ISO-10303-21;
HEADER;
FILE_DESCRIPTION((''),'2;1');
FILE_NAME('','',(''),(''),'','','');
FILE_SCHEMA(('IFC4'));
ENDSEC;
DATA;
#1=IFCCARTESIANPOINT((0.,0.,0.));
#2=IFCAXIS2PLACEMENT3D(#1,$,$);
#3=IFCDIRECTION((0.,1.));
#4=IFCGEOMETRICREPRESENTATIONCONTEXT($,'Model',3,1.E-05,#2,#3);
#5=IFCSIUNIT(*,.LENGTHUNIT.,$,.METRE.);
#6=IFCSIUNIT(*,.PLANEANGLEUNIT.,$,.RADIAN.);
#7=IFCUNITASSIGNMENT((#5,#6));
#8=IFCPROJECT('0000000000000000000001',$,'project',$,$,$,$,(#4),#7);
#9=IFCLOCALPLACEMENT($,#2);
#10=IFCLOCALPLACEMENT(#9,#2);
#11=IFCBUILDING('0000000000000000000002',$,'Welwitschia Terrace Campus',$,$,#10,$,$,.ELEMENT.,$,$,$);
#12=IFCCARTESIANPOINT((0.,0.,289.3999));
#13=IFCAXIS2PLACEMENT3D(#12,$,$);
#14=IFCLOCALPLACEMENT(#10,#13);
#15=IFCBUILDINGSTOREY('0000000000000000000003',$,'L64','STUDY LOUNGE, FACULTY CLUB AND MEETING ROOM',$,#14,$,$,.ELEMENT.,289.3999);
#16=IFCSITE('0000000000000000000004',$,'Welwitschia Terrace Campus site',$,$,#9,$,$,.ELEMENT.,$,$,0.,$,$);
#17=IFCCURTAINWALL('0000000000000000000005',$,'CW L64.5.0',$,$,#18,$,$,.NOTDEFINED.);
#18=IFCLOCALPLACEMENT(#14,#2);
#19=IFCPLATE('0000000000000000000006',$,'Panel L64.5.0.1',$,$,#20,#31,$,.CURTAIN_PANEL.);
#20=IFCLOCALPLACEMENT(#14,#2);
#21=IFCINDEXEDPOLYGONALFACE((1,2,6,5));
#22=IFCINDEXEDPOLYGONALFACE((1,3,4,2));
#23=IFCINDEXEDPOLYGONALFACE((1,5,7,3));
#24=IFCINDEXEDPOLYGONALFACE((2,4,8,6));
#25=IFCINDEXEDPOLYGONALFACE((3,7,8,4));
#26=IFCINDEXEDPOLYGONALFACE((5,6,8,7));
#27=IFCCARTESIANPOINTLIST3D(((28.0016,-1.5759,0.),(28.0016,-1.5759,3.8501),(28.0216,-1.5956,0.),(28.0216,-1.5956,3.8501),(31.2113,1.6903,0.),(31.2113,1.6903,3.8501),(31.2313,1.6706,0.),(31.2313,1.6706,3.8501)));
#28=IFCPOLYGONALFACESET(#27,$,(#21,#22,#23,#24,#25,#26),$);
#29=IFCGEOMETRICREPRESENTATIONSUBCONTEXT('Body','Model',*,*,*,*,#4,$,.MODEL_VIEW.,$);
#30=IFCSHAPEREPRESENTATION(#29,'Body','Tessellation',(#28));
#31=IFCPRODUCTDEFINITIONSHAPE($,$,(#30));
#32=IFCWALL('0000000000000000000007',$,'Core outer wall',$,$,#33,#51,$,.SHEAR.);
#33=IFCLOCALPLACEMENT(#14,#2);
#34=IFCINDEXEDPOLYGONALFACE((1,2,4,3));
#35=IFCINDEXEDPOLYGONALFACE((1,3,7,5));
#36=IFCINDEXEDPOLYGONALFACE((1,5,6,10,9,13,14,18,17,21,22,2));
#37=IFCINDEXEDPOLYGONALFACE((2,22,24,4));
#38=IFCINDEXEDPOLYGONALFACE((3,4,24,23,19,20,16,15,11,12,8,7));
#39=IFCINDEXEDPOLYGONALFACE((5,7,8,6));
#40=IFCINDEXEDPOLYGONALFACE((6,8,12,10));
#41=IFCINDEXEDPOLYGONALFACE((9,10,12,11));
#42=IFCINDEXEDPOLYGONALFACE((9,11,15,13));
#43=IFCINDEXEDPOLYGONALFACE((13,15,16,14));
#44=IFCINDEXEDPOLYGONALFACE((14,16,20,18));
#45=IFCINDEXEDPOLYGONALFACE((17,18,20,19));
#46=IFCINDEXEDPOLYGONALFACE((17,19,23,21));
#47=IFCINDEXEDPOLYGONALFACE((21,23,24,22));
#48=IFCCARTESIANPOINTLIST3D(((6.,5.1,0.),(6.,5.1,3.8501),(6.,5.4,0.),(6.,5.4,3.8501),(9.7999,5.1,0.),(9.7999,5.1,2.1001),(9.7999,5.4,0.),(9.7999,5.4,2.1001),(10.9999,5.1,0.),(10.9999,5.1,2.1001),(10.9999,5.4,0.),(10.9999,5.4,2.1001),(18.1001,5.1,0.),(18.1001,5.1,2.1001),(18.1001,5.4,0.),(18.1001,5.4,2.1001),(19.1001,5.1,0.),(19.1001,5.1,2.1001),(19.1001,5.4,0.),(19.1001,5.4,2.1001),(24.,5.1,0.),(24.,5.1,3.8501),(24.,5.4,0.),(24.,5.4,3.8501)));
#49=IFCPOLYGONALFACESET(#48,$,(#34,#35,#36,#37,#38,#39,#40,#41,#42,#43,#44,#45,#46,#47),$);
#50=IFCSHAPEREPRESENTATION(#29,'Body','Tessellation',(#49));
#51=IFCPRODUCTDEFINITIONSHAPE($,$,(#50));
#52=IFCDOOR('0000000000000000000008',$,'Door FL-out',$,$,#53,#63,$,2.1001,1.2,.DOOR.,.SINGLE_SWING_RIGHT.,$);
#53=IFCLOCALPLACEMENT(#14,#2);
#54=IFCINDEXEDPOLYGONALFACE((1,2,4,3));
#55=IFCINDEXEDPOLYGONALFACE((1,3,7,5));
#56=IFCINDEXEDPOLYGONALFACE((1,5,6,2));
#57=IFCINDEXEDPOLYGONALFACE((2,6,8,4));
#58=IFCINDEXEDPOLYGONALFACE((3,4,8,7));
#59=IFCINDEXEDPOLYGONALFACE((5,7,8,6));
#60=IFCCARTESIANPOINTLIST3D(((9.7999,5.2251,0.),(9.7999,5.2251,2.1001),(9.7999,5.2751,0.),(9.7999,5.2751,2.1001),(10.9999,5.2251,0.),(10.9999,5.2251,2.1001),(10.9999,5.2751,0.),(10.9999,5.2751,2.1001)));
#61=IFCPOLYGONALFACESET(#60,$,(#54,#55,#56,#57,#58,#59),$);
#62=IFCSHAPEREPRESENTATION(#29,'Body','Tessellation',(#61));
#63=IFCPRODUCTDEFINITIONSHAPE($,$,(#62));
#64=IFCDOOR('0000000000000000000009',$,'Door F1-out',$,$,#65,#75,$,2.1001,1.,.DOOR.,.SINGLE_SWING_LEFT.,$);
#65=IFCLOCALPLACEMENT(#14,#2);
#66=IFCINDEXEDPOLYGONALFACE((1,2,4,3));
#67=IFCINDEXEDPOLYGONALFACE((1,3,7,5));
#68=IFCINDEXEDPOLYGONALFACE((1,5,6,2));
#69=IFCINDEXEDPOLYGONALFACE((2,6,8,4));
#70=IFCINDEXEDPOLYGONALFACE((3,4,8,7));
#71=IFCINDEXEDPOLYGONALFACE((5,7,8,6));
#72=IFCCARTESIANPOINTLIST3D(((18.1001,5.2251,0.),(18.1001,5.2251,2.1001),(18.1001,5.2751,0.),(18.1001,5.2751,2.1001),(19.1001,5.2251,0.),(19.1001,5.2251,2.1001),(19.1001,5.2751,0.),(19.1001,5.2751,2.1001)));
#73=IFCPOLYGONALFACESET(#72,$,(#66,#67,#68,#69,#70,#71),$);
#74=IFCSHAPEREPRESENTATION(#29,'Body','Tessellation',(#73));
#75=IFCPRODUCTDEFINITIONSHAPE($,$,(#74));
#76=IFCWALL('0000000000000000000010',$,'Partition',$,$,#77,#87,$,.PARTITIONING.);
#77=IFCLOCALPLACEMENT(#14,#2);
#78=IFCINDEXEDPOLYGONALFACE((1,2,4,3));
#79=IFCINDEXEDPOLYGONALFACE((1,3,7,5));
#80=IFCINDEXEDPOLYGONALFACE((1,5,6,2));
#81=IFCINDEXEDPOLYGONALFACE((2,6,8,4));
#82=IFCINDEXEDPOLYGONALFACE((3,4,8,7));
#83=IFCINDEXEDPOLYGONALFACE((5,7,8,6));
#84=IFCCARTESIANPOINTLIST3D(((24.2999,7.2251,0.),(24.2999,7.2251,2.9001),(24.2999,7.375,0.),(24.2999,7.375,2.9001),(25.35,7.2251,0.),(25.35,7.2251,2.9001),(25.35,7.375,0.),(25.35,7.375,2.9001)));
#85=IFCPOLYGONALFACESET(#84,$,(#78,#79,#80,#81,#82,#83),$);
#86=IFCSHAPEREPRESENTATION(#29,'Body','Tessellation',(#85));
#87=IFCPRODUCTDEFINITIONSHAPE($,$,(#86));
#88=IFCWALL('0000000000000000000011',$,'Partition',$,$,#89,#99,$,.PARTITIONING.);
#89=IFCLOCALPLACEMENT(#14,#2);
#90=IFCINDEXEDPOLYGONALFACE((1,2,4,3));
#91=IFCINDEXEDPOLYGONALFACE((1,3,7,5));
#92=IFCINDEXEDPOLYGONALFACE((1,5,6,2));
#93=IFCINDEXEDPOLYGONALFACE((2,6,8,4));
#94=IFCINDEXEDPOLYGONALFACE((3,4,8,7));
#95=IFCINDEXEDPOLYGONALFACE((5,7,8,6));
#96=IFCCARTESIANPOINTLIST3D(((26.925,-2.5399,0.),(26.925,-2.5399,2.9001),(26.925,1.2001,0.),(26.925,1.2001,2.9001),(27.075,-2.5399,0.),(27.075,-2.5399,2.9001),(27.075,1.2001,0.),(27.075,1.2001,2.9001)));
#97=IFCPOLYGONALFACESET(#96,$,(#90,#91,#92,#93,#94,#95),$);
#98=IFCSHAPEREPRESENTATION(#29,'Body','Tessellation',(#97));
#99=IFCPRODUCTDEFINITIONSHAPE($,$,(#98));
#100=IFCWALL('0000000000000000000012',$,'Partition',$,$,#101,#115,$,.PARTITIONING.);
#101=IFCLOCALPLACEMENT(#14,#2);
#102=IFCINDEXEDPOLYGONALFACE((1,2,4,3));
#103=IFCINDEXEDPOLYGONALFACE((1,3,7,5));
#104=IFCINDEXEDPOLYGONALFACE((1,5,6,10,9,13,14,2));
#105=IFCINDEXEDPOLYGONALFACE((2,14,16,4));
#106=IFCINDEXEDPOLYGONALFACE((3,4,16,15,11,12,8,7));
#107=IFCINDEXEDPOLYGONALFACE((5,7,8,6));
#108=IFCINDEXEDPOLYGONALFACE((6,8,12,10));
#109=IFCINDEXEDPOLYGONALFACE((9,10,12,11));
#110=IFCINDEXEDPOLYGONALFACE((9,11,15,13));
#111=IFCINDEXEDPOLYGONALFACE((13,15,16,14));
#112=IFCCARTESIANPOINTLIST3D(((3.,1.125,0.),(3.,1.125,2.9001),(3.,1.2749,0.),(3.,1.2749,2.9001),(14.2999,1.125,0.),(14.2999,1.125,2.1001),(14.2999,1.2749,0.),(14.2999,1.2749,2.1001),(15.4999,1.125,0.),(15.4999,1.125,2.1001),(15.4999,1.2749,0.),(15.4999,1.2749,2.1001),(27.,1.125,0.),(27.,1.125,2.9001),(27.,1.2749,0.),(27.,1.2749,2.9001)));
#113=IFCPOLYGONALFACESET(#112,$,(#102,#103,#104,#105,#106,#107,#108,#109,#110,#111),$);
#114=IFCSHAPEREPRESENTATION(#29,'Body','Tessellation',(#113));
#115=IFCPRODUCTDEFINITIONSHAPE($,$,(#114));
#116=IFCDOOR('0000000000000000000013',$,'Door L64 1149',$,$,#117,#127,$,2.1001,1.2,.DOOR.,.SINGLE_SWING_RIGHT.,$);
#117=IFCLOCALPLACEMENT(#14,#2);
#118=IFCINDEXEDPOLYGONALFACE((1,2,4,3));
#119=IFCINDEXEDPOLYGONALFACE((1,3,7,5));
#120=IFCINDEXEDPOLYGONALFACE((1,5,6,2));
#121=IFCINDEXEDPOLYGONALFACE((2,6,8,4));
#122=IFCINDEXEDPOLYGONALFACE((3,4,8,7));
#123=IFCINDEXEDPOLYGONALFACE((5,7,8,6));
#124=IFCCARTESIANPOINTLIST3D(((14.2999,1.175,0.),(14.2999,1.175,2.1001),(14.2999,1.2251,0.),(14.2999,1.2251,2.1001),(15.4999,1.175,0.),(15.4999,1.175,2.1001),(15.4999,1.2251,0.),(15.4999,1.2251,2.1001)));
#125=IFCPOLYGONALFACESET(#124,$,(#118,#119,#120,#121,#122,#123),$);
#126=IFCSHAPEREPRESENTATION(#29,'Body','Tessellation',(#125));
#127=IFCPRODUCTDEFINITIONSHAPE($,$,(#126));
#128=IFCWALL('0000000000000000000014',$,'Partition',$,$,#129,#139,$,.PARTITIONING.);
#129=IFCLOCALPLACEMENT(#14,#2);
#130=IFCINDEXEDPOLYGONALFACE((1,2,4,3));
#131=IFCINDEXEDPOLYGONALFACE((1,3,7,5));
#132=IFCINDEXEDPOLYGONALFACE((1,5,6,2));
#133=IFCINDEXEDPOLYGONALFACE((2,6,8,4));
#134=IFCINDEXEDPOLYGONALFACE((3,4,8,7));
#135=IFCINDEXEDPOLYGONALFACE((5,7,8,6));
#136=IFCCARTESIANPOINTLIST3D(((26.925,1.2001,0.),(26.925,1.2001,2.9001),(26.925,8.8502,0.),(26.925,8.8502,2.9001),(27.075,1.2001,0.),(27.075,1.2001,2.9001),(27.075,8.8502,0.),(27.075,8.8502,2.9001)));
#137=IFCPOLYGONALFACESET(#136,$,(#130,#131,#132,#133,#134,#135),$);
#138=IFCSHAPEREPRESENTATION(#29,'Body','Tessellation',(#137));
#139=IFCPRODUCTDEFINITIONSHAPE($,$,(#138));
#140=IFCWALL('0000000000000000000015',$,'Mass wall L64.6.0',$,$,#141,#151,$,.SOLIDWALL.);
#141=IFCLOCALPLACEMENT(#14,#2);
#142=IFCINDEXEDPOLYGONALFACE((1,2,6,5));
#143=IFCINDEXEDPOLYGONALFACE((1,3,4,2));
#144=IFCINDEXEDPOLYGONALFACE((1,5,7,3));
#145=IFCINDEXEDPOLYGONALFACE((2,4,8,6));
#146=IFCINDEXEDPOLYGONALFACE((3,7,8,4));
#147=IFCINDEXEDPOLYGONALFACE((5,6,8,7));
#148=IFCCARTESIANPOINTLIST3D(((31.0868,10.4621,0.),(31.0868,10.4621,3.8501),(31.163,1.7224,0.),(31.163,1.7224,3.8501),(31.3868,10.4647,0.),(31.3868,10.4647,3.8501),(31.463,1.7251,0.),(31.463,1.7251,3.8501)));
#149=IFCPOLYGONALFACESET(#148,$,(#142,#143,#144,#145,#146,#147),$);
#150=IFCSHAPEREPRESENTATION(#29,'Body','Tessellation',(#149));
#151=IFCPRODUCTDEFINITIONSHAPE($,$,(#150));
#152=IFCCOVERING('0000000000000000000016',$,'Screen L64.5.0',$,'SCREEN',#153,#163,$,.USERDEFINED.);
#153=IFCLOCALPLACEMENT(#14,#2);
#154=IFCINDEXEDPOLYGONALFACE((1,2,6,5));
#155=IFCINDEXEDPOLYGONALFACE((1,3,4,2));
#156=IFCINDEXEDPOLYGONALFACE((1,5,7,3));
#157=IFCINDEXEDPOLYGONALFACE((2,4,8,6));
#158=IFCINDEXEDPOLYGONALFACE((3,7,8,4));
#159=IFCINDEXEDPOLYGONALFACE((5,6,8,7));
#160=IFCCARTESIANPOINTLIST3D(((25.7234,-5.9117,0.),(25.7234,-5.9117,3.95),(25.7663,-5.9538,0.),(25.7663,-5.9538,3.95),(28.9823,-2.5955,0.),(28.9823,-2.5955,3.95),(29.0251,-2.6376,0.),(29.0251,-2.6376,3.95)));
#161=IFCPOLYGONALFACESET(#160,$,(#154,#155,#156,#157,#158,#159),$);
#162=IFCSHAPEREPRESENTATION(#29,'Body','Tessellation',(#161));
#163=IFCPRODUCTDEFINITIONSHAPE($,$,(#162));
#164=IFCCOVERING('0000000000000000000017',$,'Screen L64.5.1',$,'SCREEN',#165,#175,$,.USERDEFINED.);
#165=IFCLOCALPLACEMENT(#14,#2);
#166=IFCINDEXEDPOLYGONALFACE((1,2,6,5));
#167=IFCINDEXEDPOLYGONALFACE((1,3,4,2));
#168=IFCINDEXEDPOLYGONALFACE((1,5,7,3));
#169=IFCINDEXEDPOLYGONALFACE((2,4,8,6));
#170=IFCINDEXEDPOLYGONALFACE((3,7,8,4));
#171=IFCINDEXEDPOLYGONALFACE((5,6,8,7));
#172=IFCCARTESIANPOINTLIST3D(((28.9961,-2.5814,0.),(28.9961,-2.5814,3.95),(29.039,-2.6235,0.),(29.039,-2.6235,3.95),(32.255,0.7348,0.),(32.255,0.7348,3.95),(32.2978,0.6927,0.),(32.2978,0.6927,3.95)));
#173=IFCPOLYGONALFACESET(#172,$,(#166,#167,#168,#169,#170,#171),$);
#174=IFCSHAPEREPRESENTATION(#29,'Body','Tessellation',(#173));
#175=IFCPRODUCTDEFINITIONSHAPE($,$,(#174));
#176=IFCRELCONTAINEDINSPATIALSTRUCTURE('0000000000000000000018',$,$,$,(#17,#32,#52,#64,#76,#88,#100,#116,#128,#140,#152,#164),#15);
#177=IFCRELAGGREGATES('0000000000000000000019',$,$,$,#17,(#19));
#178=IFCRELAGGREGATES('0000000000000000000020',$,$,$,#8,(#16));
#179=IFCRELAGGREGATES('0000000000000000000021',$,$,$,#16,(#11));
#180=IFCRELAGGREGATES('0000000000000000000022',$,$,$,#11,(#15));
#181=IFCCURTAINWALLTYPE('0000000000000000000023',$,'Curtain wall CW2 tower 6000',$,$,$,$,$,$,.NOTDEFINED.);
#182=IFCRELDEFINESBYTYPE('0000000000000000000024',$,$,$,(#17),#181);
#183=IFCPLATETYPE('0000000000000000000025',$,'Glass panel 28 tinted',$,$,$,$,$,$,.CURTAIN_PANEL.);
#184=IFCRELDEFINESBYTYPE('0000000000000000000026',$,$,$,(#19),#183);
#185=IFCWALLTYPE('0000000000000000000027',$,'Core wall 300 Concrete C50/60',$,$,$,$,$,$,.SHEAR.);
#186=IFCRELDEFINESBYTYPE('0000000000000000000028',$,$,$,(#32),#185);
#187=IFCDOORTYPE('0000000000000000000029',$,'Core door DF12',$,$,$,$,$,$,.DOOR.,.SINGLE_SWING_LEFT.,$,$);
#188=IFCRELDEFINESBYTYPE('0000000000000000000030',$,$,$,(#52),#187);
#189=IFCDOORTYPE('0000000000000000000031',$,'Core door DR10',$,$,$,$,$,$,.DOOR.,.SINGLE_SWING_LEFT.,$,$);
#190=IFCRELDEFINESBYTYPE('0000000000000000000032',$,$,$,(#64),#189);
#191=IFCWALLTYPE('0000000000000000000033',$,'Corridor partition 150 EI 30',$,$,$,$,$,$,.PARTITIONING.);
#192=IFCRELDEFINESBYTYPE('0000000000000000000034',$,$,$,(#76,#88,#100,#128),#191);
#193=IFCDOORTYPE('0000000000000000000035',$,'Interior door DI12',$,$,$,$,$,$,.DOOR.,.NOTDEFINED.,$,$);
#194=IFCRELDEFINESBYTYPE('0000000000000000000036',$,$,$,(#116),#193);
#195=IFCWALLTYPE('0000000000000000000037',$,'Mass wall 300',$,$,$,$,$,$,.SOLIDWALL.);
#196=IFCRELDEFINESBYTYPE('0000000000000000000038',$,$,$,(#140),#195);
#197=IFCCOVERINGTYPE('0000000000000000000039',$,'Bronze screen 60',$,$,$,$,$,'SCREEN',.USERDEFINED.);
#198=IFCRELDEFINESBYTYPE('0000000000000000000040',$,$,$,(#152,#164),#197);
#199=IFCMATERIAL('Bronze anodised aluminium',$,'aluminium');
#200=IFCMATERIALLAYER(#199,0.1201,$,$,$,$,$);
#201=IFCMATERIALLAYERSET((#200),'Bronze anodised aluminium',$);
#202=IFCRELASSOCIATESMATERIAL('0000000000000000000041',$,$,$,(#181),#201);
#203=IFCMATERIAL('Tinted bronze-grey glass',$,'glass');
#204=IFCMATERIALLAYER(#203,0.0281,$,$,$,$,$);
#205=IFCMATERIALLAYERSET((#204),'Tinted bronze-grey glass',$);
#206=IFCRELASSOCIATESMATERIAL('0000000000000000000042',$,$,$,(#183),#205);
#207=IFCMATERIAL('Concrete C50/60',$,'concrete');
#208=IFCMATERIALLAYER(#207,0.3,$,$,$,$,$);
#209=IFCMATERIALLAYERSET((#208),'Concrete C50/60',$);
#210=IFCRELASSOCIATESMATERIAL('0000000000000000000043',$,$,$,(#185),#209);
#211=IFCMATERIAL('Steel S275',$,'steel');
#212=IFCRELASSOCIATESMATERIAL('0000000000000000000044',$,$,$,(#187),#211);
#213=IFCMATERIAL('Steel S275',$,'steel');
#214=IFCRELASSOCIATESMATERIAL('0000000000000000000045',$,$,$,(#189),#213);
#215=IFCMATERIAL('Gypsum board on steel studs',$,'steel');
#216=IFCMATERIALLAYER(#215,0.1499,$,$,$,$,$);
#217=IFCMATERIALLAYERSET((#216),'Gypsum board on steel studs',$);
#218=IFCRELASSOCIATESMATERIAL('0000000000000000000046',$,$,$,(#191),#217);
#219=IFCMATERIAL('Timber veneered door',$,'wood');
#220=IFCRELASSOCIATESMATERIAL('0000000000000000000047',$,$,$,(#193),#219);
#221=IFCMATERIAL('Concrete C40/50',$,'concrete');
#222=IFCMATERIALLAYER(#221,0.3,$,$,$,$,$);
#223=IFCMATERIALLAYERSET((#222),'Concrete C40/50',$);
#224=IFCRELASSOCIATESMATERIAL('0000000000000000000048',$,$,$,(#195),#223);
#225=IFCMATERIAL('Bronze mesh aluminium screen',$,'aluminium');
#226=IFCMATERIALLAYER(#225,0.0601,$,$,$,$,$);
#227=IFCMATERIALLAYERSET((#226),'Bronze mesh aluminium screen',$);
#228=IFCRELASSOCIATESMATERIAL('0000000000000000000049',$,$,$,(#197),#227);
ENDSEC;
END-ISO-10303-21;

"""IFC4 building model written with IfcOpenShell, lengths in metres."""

from ifc_helpers import new_model, si_unit, direction, frame, frame_2d, origin, origin_2d, place, context, subcontext, project, spatial, rectangle, extrude, material, layer, layer_set, type_object, element, fill, aggregate, save


model = new_model("IFC4")

# Units and contexts
model_context = context("Model", 3, precision=1e-05, world=origin(), true_north=direction((0.0, 1.0)))
body_context = subcontext(model_context, "Body", "Model", "MODEL_VIEW")
ifc_project = project(units=[si_unit("LENGTHUNIT", "METRE"), si_unit("PLANEANGLEUNIT", "RADIAN")], contexts=[model_context])

# Site, building, storey
site_placement = place(None, origin())
site = spatial("IfcSite", under=ifc_project, at=site_placement, Name="Welwitschia Terrace Campus site", CompositionType="ELEMENT", RefElevation=0.0)
building_placement = place(site_placement, origin())
building = spatial("IfcBuilding", under=site, at=building_placement, Name="Welwitschia Terrace Campus", CompositionType="ELEMENT")
storey_placement = place(building_placement, frame((0.0, 0.0, 289.3999)))
storey = spatial("IfcBuildingStorey", under=building, at=storey_placement, Name="L64", Description="STUDY LOUNGE, FACULTY CLUB AND MEETING ROOM", CompositionType="ELEMENT", Elevation=289.3999)

# Curtain wall
ifc_material_1 = material(Name="Bronze anodised aluminium", Category="aluminium")
ifc_layer_1 = layer(ifc_material_1, 0.1201)
ifc_layer_set_1 = layer_set([ifc_layer_1], Name="Bronze anodised aluminium")
curtain_wall_type = type_object("IfcCurtainWallType", Name="Curtain wall CW2 tower 6000", PredefinedType="NOTDEFINED", material=ifc_layer_set_1)
curtain_wall_placement = place(storey_placement, origin())
curtain_wall = element("IfcCurtainWall", 1, at=curtain_wall_placement, inside=storey, type_object=curtain_wall_type, Name="CW L64.5.0", PredefinedType="NOTDEFINED")

# Plate
ifc_material_2 = material(Name="Tinted bronze-grey glass", Category="glass")
ifc_layer_2 = layer(ifc_material_2, 0.0281)
ifc_layer_set_2 = layer_set([ifc_layer_2], Name="Tinted bronze-grey glass")
plate_type = type_object("IfcPlateType", Name="Glass panel 28 tinted", PredefinedType="CURTAIN_PANEL", material=ifc_layer_set_2)
plate_1_placement = place(storey_placement, frame((29.6165, 0.0474, 0.0), z_axis=(0.0, 0.0, 1.0), x_axis=(0.700909, 0.71325, 0.0)))
plate_1 = element("IfcPlate", 2, at=plate_1_placement, type_object=plate_type, Name="Panel L64.5.0.1", PredefinedType="CURTAIN_PANEL", context=body_context, shape_type="SweptSolid", body=[
    extrude(rectangle(XDim=4.5793, YDim=0.0281, at=origin_2d()), origin(), (0.0, 0.0, 1.0), 3.8501),
])
aggregate(curtain_wall, [plate_1])

# Wall, openings, doors
ifc_material_3 = material(Name="Concrete C50/60", Category="concrete")
ifc_layer_3 = layer(ifc_material_3, 0.3)
ifc_layer_set_3 = layer_set([ifc_layer_3], Name="Concrete C50/60")
wall_type_1 = type_object("IfcWallType", Name="Core wall 300 Concrete C50/60", PredefinedType="SHEAR", material=ifc_layer_set_3)
wall_1_placement = place(storey_placement, frame((24.0, 5.25, 0.0), z_axis=(0.0, 0.0, 1.0), x_axis=(-1.0, 0.0, 0.0)))
wall_1 = element("IfcWall", 3, at=wall_1_placement, inside=storey, type_object=wall_type_1, Name="Core outer wall", PredefinedType="SHEAR", context=body_context, shape_type="SweptSolid", body=[
    extrude(rectangle(XDim=18.0, YDim=0.3, at=frame_2d((9.0, 0.0))), origin(), (0.0, 0.0, 1.0), 3.8501),
])
opening_1_placement = place(wall_1_placement, frame((13.0, 0.0, 0.0)))
opening_1 = element("IfcOpeningElement", 4, at=opening_1_placement, cuts=wall_1, PredefinedType="OPENING", context=body_context, shape_type="SweptSolid", body=[
    extrude(rectangle(XDim=1.2, YDim=2.1001, at=frame_2d((0.6001, 1.05))), frame((0.0, 0.1599, 0.0), z_axis=(0.0, -1.0, 0.0), x_axis=(1.0, 0.0, 0.0)), (0.0, 0.0, 1.0), 0.3201),
])
opening_2_placement = place(wall_1_placement, frame((4.8999, 0.0, 0.0)))
opening_2 = element("IfcOpeningElement", 5, at=opening_2_placement, cuts=wall_1, PredefinedType="OPENING", context=body_context, shape_type="SweptSolid", body=[
    extrude(rectangle(XDim=1.0, YDim=2.1001, at=frame_2d((0.5, 1.05))), frame((0.0, 0.1599, 0.0), z_axis=(0.0, -1.0, 0.0), x_axis=(1.0, 0.0, 0.0)), (0.0, 0.0, 1.0), 0.3201),
])
ifc_material_4 = material(Name="Steel S275", Category="steel")
door_type_1 = type_object("IfcDoorType", Name="Core door DF12", OperationType="SINGLE_SWING_LEFT", PredefinedType="DOOR", material=ifc_material_4)
door_1_placement = place(opening_1_placement, origin())
door_1 = element("IfcDoor", 6, at=door_1_placement, inside=storey, type_object=door_type_1, Name="Door FL-out", OperationType="SINGLE_SWING_RIGHT", OverallHeight=2.1001, OverallWidth=1.2, PredefinedType="DOOR", context=body_context, shape_type="SweptSolid", body=[
    extrude(rectangle(XDim=1.2, YDim=2.1001, at=frame_2d((0.6001, 1.05))), frame((0.0, 0.0249, 0.0), z_axis=(0.0, -1.0, 0.0), x_axis=(1.0, 0.0, 0.0)), (0.0, 0.0, 1.0), 0.05),
])
fill(opening_1, door_1)
ifc_material_5 = material(Name="Steel S275", Category="steel")
door_type_2 = type_object("IfcDoorType", Name="Core door DR10", OperationType="SINGLE_SWING_LEFT", PredefinedType="DOOR", material=ifc_material_5)
door_2_placement = place(opening_2_placement, origin())
door_2 = element("IfcDoor", 7, at=door_2_placement, inside=storey, type_object=door_type_2, Name="Door F1-out", OperationType="SINGLE_SWING_LEFT", OverallHeight=2.1001, OverallWidth=1.0, PredefinedType="DOOR", context=body_context, shape_type="SweptSolid", body=[
    extrude(rectangle(XDim=1.0, YDim=2.1001, at=frame_2d((0.5, 1.05))), frame((0.0, 0.0249, 0.0), z_axis=(0.0, -1.0, 0.0), x_axis=(1.0, 0.0, 0.0)), (0.0, 0.0, 1.0), 0.05),
])
fill(opening_2, door_2)

# Walls
ifc_material_6 = material(Name="Gypsum board on steel studs", Category="steel")
ifc_layer_4 = layer(ifc_material_6, 0.1499)
ifc_layer_set_4 = layer_set([ifc_layer_4], Name="Gypsum board on steel studs")
wall_type_2 = type_object("IfcWallType", Name="Corridor partition 150 EI 30", PredefinedType="PARTITIONING", material=ifc_layer_set_4)
wall_2_placement = place(storey_placement, frame((24.3, 7.3, 0.0), z_axis=(0.0, 0.0, 1.0), x_axis=(1.0, 0.0, 0.0)))
element("IfcWall", 8, at=wall_2_placement, inside=storey, type_object=wall_type_2, Name="Partition", PredefinedType="PARTITIONING", context=body_context, shape_type="SweptSolid", body=[
    extrude(rectangle(XDim=1.05, YDim=0.1499, at=frame_2d((0.5249, 0.0))), origin(), (0.0, 0.0, 1.0), 2.9001),
])
wall_3_placement = place(storey_placement, frame((27.0, -2.54, 0.0), z_axis=(0.0, 0.0, 1.0), x_axis=(0.0, 1.0, 0.0)))
element("IfcWall", 9, at=wall_3_placement, inside=storey, type_object=wall_type_2, Name="Partition", PredefinedType="PARTITIONING", context=body_context, shape_type="SweptSolid", body=[
    extrude(rectangle(XDim=3.74, YDim=0.1499, at=frame_2d((1.8701, 0.0))), origin(), (0.0, 0.0, 1.0), 2.9001),
])

# Wall, opening, door
wall_4_placement = place(storey_placement, frame((27.0, 1.2, 0.0), z_axis=(0.0, 0.0, 1.0), x_axis=(-1.0, 0.0, 0.0)))
wall_4 = element("IfcWall", 10, at=wall_4_placement, inside=storey, type_object=wall_type_2, Name="Partition", PredefinedType="PARTITIONING", context=body_context, shape_type="SweptSolid", body=[
    extrude(rectangle(XDim=24.0, YDim=0.1499, at=frame_2d((12.0, 0.0))), origin(), (0.0, 0.0, 1.0), 2.9001),
])
opening_3_placement = place(wall_4_placement, frame((11.5, 0.0, 0.0)))
opening_3 = element("IfcOpeningElement", 11, at=opening_3_placement, cuts=wall_4, PredefinedType="OPENING", context=body_context, shape_type="SweptSolid", body=[
    extrude(rectangle(XDim=1.2, YDim=2.1001, at=frame_2d((0.6001, 1.05))), frame((0.0, 0.085, 0.0), z_axis=(0.0, -1.0, 0.0), x_axis=(1.0, 0.0, 0.0)), (0.0, 0.0, 1.0), 0.1699),
])
ifc_material_7 = material(Name="Timber veneered door", Category="wood")
door_type_3 = type_object("IfcDoorType", Name="Interior door DI12", OperationType="NOTDEFINED", PredefinedType="DOOR", material=ifc_material_7)
door_3_placement = place(opening_3_placement, origin())
door_3 = element("IfcDoor", 12, at=door_3_placement, inside=storey, type_object=door_type_3, Name="Door L64 1149", OperationType="SINGLE_SWING_RIGHT", OverallHeight=2.1001, OverallWidth=1.2, PredefinedType="DOOR", context=body_context, shape_type="SweptSolid", body=[
    extrude(rectangle(XDim=1.2, YDim=2.1001, at=frame_2d((0.6001, 1.05))), frame((0.0, 0.0249, 0.0), z_axis=(0.0, -1.0, 0.0), x_axis=(1.0, 0.0, 0.0)), (0.0, 0.0, 1.0), 0.05),
])
fill(opening_3, door_3)

# Walls
wall_5_placement = place(storey_placement, frame((27.0, 1.2, 0.0), z_axis=(0.0, 0.0, 1.0), x_axis=(0.0, 1.0, 0.0)))
element("IfcWall", 13, at=wall_5_placement, inside=storey, type_object=wall_type_2, Name="Partition", PredefinedType="PARTITIONING", context=body_context, shape_type="SweptSolid", body=[
    extrude(rectangle(XDim=7.6501, YDim=0.1499, at=frame_2d((3.8252, 0.0))), origin(), (0.0, 0.0, 1.0), 2.9001),
])
ifc_material_8 = material(Name="Concrete C40/50", Category="concrete")
ifc_layer_5 = layer(ifc_material_8, 0.3)
ifc_layer_set_5 = layer_set([ifc_layer_5], Name="Concrete C40/50")
wall_type_3 = type_object("IfcWallType", Name="Mass wall 300", PredefinedType="SOLIDWALL", material=ifc_layer_set_5)
wall_6_placement = place(storey_placement, frame((31.313, 1.7236, 0.0), z_axis=(0.0, 0.0, 1.0), x_axis=(-0.008715, 0.999962, 0.0)))
element("IfcWall", 14, at=wall_6_placement, inside=storey, type_object=wall_type_3, Name="Mass wall L64.6.0", PredefinedType="SOLIDWALL", context=body_context, shape_type="SweptSolid", body=[
    extrude(rectangle(XDim=8.74, YDim=0.3, at=frame_2d((4.3701, 0.0))), origin(), (0.0, 0.0, 1.0), 3.8501),
])

# Coverings
ifc_material_9 = material(Name="Bronze mesh aluminium screen", Category="aluminium")
ifc_layer_6 = layer(ifc_material_9, 0.0601)
ifc_layer_set_6 = layer_set([ifc_layer_6], Name="Bronze mesh aluminium screen")
covering_type = type_object("IfcCoveringType", Name="Bronze screen 60", ElementType="SCREEN", PredefinedType="USERDEFINED", material=ifc_layer_set_6)
for number, where, z_axis, x_axis, name in (
    (15, (27.3743, -4.2747, 0.0), (0.0, 0.0, 1.0), (0.700909, 0.71325, 0.0), "Screen L64.5.0"),
    (16, (30.647, -0.9443, 0.0), (0.0, 0.0, 1.0), (0.700909, 0.71325, 0.0), "Screen L64.5.1"),
):
    element("IfcCovering", number, at=place(storey_placement, frame(where, z_axis=z_axis, x_axis=x_axis)), inside=storey, type_object=covering_type, Name=name, ObjectType="SCREEN", PredefinedType="USERDEFINED", context=body_context, shape_type="SweptSolid", body=[
        extrude(rectangle(XDim=4.6494, YDim=0.0601, at=origin_2d()), origin(), (0.0, 0.0, 1.0), 3.95),
    ])

save(model, "model.ifc")
